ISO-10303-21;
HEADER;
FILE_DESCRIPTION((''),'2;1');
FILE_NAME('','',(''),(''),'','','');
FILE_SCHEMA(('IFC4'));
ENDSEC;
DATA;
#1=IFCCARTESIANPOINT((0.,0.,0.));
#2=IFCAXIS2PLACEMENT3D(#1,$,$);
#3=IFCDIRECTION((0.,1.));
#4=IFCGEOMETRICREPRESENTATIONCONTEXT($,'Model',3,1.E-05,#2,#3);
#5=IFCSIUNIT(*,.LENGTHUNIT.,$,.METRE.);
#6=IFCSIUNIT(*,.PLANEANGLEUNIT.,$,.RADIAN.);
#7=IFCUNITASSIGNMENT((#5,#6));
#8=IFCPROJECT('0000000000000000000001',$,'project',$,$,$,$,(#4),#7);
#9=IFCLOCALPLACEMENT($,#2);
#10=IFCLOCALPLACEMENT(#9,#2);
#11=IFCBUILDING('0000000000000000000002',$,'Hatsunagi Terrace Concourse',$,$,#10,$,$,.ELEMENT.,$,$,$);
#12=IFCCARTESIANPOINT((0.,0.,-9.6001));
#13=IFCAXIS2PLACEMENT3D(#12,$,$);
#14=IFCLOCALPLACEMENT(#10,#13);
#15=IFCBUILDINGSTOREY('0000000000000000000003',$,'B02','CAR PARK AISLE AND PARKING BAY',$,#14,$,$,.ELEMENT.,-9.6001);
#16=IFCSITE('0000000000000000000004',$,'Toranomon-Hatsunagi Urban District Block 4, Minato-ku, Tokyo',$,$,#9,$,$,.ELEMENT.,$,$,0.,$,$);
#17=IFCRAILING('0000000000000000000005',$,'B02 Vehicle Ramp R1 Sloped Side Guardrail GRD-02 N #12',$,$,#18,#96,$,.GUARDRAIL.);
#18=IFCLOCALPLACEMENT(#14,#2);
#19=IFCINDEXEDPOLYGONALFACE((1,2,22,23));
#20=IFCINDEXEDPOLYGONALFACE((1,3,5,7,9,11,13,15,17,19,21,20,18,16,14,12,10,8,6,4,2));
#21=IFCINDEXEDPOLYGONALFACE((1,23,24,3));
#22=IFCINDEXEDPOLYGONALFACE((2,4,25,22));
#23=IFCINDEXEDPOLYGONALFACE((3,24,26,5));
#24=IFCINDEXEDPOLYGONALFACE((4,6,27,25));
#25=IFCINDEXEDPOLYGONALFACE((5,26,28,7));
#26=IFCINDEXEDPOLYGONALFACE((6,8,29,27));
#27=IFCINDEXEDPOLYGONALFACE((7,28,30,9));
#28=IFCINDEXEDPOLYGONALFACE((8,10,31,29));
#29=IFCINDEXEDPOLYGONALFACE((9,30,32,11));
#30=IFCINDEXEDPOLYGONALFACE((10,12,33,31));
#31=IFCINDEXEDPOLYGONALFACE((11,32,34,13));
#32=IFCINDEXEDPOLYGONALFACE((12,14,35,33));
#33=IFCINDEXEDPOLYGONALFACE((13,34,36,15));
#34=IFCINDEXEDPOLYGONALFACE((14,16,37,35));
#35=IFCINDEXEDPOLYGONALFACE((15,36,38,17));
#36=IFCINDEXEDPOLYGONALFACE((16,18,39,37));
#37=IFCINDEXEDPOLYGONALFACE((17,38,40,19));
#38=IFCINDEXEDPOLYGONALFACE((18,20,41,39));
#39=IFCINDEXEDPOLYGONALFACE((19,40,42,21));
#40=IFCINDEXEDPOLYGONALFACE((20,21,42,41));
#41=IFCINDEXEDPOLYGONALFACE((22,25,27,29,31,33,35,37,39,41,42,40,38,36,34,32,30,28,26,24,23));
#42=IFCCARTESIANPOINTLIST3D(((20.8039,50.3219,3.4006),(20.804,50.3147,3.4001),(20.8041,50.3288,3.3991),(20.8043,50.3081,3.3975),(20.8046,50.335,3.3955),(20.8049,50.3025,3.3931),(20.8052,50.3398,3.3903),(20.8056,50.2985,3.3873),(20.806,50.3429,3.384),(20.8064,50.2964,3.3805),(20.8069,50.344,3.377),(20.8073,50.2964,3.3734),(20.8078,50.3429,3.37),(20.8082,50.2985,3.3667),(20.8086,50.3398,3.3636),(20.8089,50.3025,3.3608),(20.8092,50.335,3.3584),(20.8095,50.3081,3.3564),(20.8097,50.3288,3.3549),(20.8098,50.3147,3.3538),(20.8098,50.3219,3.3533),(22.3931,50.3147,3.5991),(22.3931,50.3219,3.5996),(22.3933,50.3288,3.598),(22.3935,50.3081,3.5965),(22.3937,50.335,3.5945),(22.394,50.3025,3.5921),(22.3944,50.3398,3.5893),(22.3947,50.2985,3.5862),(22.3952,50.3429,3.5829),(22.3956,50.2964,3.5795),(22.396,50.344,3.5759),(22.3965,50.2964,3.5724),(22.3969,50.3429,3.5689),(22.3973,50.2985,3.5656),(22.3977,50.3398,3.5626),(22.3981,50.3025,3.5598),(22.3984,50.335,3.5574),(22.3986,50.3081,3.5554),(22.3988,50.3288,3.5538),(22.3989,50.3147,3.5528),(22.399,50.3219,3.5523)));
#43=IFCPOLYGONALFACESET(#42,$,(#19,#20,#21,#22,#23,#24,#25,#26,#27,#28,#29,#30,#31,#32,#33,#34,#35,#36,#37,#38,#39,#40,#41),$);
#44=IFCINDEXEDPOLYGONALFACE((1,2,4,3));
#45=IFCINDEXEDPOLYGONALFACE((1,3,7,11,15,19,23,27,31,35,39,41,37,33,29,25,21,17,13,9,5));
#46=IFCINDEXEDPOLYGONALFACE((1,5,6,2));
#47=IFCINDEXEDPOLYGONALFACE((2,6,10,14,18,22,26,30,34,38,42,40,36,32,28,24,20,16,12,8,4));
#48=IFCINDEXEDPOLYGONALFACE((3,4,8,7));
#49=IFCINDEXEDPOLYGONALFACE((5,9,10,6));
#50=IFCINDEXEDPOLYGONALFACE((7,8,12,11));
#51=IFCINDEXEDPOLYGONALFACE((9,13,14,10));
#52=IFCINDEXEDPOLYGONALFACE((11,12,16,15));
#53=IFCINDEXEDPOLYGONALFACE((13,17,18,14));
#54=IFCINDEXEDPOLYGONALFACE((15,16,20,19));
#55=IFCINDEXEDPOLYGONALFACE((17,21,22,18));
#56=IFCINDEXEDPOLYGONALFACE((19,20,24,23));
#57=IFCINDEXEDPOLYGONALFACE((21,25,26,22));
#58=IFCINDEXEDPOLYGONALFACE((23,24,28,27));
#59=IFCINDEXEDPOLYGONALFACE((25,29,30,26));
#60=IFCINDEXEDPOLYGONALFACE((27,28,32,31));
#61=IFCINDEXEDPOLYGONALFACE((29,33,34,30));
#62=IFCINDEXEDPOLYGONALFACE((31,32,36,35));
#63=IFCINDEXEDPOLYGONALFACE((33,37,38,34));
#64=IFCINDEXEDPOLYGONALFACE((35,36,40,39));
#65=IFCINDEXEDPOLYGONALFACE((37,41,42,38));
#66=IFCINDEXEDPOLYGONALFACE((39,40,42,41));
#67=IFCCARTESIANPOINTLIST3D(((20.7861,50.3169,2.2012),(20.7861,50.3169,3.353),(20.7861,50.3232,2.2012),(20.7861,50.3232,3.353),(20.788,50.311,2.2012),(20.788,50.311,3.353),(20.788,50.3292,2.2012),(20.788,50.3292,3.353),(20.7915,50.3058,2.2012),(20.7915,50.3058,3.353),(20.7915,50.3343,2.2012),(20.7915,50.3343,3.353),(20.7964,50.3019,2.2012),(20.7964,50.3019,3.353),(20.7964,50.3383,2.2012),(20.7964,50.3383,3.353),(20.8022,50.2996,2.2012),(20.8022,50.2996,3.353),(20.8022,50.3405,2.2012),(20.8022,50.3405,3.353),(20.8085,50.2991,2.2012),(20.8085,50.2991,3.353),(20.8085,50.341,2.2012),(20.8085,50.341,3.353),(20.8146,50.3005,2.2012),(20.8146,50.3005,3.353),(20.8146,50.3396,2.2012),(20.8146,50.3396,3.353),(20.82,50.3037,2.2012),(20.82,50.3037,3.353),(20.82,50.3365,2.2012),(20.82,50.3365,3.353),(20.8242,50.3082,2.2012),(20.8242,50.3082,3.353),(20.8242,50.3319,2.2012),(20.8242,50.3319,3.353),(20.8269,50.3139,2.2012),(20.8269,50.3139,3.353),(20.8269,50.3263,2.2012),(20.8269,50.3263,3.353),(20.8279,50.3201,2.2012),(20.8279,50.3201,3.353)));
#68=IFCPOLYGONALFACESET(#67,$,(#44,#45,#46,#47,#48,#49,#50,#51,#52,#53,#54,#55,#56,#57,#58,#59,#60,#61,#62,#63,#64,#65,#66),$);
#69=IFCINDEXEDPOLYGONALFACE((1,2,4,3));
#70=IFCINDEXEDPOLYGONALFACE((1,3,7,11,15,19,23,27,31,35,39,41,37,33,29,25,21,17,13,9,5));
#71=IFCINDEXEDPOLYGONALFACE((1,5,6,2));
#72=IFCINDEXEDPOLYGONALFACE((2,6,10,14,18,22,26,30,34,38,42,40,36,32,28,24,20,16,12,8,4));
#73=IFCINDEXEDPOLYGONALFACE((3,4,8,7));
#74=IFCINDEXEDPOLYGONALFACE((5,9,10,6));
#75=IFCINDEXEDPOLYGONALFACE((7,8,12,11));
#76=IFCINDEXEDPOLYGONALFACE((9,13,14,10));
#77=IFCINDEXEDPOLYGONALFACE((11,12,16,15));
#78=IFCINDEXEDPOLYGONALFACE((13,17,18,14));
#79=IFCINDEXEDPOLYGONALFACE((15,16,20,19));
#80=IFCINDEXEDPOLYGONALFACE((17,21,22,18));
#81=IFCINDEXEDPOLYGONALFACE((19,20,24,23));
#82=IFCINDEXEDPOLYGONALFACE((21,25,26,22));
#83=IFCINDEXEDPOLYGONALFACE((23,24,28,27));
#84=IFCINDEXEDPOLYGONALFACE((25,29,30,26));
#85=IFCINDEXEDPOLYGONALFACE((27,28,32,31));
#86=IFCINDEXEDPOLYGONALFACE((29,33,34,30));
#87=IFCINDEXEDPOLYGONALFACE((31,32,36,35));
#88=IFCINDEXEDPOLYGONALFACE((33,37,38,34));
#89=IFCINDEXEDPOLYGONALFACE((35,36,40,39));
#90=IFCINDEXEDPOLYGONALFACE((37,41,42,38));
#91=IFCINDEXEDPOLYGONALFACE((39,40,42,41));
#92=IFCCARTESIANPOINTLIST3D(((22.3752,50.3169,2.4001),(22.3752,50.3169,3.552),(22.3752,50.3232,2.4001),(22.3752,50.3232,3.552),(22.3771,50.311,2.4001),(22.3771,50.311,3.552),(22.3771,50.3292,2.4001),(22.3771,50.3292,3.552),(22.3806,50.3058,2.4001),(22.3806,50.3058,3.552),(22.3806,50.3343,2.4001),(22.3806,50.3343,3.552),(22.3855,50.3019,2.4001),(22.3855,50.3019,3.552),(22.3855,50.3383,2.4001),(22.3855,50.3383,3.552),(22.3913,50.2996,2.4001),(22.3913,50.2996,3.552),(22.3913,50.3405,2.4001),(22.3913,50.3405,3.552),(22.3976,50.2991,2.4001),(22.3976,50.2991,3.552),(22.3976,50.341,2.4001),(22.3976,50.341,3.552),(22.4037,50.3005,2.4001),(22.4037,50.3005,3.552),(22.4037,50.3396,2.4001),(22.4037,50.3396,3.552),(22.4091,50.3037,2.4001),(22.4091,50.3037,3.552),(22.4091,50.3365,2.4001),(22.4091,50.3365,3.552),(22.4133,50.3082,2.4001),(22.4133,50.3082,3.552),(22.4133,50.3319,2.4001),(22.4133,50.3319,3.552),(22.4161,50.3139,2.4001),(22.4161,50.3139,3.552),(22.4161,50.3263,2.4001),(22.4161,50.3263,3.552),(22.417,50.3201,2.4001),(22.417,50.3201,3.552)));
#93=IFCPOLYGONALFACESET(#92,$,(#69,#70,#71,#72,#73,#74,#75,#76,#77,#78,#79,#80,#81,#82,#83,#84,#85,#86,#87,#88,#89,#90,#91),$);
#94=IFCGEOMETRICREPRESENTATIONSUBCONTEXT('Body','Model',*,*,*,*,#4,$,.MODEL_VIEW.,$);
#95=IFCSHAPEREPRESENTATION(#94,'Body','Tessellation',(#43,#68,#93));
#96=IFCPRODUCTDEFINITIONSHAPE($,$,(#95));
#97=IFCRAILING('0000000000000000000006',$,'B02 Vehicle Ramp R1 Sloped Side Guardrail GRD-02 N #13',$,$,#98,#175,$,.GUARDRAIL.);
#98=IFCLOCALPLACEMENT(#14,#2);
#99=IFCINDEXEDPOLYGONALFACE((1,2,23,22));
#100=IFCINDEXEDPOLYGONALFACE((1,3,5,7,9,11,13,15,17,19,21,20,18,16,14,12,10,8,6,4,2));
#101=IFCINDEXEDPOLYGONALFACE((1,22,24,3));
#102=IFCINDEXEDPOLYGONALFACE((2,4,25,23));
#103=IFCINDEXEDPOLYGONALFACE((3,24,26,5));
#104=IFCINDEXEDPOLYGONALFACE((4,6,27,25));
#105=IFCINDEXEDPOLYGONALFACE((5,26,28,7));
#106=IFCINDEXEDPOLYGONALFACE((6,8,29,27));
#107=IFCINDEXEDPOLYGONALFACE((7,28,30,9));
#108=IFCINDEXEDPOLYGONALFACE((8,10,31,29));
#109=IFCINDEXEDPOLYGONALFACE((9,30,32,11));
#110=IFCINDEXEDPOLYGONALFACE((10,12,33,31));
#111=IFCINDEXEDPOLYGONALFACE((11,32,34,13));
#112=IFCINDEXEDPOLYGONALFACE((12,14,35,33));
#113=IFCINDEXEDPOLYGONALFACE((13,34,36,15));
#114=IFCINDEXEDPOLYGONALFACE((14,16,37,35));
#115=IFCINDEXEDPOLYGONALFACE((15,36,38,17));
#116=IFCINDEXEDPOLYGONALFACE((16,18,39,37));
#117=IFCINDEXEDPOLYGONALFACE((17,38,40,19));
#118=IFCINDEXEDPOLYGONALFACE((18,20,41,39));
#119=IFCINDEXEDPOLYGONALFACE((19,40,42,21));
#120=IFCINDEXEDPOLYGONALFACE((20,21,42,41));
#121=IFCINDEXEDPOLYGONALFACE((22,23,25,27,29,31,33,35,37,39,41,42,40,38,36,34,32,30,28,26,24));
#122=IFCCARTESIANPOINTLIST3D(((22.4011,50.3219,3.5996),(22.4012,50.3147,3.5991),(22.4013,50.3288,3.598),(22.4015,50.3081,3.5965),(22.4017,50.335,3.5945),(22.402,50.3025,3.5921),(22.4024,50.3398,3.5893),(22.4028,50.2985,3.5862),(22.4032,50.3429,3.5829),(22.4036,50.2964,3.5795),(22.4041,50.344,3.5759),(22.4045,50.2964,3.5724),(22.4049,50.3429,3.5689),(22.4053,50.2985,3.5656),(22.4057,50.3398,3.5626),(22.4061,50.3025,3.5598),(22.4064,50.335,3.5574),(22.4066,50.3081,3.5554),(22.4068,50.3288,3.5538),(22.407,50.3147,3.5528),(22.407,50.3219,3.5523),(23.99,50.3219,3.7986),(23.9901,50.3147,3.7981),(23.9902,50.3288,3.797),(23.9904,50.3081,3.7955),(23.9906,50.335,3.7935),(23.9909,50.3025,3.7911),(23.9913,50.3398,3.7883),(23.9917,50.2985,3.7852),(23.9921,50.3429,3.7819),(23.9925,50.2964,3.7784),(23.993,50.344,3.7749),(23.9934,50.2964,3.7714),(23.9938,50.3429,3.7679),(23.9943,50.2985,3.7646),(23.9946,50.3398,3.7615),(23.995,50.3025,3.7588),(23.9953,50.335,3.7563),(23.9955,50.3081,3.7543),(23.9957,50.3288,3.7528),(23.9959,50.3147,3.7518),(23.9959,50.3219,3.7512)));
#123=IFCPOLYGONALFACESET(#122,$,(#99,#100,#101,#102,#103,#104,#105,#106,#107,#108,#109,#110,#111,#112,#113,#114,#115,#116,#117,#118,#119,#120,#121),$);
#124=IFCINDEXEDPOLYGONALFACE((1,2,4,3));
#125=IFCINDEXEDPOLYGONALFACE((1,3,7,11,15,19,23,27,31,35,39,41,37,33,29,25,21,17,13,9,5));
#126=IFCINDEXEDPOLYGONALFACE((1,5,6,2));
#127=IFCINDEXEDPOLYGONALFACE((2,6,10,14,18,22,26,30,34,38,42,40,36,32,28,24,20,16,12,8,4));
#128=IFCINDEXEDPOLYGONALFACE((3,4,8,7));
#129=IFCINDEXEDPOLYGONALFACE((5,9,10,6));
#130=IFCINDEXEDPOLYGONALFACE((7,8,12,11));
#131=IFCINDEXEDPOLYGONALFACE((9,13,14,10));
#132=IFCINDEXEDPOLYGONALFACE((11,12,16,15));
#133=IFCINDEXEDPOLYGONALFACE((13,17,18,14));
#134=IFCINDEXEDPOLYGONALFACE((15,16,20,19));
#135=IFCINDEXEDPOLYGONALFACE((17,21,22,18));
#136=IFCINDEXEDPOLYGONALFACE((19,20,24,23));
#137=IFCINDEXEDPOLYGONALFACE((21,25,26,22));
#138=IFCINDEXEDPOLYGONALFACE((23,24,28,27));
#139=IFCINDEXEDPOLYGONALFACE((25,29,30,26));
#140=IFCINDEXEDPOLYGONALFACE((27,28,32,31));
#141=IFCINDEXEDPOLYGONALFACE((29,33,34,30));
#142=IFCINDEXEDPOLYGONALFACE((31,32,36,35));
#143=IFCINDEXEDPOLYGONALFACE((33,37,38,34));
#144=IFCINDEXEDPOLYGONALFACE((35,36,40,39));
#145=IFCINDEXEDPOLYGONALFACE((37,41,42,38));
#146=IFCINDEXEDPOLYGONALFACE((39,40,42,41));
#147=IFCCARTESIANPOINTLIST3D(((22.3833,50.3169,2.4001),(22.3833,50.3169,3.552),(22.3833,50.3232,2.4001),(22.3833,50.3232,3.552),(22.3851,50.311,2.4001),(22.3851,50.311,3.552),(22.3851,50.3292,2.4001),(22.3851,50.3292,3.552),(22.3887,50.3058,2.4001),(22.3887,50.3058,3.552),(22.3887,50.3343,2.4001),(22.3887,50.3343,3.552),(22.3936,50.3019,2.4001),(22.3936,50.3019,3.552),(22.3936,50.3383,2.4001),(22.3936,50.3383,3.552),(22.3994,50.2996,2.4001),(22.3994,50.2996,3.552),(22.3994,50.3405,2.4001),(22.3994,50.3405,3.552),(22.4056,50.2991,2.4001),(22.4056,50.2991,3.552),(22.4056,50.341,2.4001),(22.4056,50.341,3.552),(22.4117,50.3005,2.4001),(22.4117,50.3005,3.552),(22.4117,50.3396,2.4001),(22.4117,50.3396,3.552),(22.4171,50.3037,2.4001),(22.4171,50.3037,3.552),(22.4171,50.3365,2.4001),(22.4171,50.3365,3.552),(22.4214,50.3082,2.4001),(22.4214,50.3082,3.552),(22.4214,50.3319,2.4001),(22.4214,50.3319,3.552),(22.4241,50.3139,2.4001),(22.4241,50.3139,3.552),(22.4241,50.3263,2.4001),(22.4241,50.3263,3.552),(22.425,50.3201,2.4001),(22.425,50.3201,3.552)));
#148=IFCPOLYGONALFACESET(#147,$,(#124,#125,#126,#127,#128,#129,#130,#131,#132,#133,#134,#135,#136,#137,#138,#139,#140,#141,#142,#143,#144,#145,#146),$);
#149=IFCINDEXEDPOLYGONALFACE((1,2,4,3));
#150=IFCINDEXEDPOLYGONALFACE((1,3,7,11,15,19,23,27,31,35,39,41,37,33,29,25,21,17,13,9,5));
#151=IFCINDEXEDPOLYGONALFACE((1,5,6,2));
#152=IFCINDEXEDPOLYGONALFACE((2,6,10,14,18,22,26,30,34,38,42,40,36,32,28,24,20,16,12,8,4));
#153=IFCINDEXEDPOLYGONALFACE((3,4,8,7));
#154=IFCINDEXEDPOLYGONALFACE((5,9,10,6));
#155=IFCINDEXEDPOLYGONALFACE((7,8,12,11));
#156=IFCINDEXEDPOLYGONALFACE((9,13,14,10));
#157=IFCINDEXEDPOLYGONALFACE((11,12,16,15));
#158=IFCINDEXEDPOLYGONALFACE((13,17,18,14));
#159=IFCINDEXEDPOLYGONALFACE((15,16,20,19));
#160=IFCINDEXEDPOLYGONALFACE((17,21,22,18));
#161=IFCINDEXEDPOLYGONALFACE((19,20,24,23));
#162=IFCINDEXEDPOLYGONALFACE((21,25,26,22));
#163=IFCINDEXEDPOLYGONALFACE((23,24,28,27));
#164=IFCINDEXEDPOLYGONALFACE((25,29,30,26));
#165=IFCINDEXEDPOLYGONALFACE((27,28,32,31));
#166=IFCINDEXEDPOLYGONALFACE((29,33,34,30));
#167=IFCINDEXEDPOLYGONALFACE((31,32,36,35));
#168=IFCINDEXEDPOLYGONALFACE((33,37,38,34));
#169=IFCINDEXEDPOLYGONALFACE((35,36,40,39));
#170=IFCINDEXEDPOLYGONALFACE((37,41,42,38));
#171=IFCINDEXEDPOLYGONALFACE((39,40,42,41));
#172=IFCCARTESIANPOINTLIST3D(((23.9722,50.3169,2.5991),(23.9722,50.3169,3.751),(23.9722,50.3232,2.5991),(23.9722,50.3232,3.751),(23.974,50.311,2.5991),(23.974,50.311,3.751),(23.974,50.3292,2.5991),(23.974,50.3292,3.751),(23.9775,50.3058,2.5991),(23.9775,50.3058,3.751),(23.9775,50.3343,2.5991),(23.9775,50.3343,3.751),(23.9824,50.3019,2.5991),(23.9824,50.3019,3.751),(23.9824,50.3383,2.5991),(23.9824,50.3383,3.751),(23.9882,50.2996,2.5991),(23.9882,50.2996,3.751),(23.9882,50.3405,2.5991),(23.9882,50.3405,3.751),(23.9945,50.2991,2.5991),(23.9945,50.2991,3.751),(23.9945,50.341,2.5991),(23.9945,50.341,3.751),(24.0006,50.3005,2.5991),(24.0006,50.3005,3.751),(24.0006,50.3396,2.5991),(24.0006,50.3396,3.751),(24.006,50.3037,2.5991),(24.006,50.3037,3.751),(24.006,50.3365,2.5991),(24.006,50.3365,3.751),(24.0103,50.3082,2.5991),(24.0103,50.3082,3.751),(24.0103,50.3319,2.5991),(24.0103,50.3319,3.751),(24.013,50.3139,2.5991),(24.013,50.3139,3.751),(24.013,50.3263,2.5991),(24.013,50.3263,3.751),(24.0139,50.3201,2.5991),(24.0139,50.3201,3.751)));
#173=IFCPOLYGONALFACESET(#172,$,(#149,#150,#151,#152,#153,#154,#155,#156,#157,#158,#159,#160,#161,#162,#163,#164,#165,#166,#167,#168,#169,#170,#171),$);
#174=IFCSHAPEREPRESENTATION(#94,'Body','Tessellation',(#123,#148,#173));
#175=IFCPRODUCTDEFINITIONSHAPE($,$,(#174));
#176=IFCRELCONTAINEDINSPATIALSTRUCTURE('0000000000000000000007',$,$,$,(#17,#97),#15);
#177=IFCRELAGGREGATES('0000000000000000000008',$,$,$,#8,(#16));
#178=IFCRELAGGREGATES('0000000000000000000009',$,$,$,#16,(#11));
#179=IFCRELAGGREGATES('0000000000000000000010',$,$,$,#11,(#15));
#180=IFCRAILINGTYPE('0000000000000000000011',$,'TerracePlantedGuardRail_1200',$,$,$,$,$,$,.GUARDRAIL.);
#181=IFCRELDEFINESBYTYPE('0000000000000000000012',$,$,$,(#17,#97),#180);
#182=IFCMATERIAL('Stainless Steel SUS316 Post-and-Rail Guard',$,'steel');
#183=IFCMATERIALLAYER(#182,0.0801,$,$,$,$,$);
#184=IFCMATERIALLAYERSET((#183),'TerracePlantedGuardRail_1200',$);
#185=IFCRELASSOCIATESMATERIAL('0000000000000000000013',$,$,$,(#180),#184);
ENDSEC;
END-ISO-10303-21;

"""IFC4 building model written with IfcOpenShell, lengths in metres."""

from ifc_helpers import new_model, si_unit, direction, frame, origin, origin_2d, place, context, subcontext, project, spatial, circle, extrude, material, layer, layer_set, type_object, element, save


model = new_model("IFC4")

# Units and contexts
model_context = context("Model", 3, precision=1e-05, world=origin(), true_north=direction((0.0, 1.0)))
body_context = subcontext(model_context, "Body", "Model", "MODEL_VIEW")
ifc_project = project(units=[si_unit("LENGTHUNIT", "METRE"), si_unit("PLANEANGLEUNIT", "RADIAN")], contexts=[model_context])

# Site, building, storey
site_placement = place(None, origin())
site = spatial("IfcSite", under=ifc_project, at=site_placement, Name="Toranomon-Hatsunagi Urban District Block 4, Minato-ku, Tokyo", CompositionType="ELEMENT", RefElevation=0.0)
building_placement = place(site_placement, origin())
building = spatial("IfcBuilding", under=site, at=building_placement, Name="Hatsunagi Terrace Concourse", CompositionType="ELEMENT")
storey_placement = place(building_placement, frame((0.0, 0.0, -9.6001)))
storey = spatial("IfcBuildingStorey", under=building, at=storey_placement, Name="B02", Description="CAR PARK AISLE AND PARKING BAY", CompositionType="ELEMENT", Elevation=-9.6001)

# Railings
ifc_material_1 = material(Name="Stainless Steel SUS316 Post-and-Rail Guard", Category="steel")
ifc_layer_1 = layer(ifc_material_1, 0.0801)
ifc_layer_set_1 = layer_set([ifc_layer_1], Name="TerracePlantedGuardRail_1200")
railing_type = type_object("IfcRailingType", Name="TerracePlantedGuardRail_1200", PredefinedType="GUARDRAIL", material=ifc_layer_set_1)
railing_1_placement = place(storey_placement, frame((20.8069, 50.3201, 2.2012)))
element("IfcRailing", 1, at=railing_1_placement, inside=storey, type_object=railing_type, Name="B02 Vehicle Ramp R1 Sloped Side Guardrail GRD-02 N #12", PredefinedType="GUARDRAIL", context=body_context, shape_type="SweptSolid", body=[
    extrude(circle(Radius=0.0239, at=origin_2d()), frame((0.0, 0.0, 1.1758), z_axis=(0.992252, 0.0, 0.124241), x_axis=(0.0, 1.0, 0.0)), (0.0, 0.0, 1.0), 1.6016),
    extrude(circle(Radius=0.021, at=origin_2d()), origin(), (0.0, 0.0, 1.0), 1.1519),
    extrude(circle(Radius=0.021, at=origin_2d()), frame((1.5891, 0.0, 0.199)), (0.0, 0.0, 1.0), 1.1519),
])
railing_2_placement = place(storey_placement, frame((22.4041, 50.3201, 2.4001)))
element("IfcRailing", 2, at=railing_2_placement, inside=storey, type_object=railing_type, Name="B02 Vehicle Ramp R1 Sloped Side Guardrail GRD-02 N #13", PredefinedType="GUARDRAIL", context=body_context, shape_type="SweptSolid", body=[
    extrude(circle(Radius=0.0239, at=origin_2d()), frame((0.0, 0.0, 1.1758), z_axis=(0.99225, 0.0, 0.12426), x_axis=(0.0, 1.0, 0.0)), (0.0, 0.0, 1.0), 1.6013),
    extrude(circle(Radius=0.021, at=origin_2d()), origin(), (0.0, 0.0, 1.0), 1.1519),
    extrude(circle(Radius=0.021, at=origin_2d()), frame((1.5889, 0.0, 0.199)), (0.0, 0.0, 1.0), 1.1519),
])

save(model, "model.ifc")
